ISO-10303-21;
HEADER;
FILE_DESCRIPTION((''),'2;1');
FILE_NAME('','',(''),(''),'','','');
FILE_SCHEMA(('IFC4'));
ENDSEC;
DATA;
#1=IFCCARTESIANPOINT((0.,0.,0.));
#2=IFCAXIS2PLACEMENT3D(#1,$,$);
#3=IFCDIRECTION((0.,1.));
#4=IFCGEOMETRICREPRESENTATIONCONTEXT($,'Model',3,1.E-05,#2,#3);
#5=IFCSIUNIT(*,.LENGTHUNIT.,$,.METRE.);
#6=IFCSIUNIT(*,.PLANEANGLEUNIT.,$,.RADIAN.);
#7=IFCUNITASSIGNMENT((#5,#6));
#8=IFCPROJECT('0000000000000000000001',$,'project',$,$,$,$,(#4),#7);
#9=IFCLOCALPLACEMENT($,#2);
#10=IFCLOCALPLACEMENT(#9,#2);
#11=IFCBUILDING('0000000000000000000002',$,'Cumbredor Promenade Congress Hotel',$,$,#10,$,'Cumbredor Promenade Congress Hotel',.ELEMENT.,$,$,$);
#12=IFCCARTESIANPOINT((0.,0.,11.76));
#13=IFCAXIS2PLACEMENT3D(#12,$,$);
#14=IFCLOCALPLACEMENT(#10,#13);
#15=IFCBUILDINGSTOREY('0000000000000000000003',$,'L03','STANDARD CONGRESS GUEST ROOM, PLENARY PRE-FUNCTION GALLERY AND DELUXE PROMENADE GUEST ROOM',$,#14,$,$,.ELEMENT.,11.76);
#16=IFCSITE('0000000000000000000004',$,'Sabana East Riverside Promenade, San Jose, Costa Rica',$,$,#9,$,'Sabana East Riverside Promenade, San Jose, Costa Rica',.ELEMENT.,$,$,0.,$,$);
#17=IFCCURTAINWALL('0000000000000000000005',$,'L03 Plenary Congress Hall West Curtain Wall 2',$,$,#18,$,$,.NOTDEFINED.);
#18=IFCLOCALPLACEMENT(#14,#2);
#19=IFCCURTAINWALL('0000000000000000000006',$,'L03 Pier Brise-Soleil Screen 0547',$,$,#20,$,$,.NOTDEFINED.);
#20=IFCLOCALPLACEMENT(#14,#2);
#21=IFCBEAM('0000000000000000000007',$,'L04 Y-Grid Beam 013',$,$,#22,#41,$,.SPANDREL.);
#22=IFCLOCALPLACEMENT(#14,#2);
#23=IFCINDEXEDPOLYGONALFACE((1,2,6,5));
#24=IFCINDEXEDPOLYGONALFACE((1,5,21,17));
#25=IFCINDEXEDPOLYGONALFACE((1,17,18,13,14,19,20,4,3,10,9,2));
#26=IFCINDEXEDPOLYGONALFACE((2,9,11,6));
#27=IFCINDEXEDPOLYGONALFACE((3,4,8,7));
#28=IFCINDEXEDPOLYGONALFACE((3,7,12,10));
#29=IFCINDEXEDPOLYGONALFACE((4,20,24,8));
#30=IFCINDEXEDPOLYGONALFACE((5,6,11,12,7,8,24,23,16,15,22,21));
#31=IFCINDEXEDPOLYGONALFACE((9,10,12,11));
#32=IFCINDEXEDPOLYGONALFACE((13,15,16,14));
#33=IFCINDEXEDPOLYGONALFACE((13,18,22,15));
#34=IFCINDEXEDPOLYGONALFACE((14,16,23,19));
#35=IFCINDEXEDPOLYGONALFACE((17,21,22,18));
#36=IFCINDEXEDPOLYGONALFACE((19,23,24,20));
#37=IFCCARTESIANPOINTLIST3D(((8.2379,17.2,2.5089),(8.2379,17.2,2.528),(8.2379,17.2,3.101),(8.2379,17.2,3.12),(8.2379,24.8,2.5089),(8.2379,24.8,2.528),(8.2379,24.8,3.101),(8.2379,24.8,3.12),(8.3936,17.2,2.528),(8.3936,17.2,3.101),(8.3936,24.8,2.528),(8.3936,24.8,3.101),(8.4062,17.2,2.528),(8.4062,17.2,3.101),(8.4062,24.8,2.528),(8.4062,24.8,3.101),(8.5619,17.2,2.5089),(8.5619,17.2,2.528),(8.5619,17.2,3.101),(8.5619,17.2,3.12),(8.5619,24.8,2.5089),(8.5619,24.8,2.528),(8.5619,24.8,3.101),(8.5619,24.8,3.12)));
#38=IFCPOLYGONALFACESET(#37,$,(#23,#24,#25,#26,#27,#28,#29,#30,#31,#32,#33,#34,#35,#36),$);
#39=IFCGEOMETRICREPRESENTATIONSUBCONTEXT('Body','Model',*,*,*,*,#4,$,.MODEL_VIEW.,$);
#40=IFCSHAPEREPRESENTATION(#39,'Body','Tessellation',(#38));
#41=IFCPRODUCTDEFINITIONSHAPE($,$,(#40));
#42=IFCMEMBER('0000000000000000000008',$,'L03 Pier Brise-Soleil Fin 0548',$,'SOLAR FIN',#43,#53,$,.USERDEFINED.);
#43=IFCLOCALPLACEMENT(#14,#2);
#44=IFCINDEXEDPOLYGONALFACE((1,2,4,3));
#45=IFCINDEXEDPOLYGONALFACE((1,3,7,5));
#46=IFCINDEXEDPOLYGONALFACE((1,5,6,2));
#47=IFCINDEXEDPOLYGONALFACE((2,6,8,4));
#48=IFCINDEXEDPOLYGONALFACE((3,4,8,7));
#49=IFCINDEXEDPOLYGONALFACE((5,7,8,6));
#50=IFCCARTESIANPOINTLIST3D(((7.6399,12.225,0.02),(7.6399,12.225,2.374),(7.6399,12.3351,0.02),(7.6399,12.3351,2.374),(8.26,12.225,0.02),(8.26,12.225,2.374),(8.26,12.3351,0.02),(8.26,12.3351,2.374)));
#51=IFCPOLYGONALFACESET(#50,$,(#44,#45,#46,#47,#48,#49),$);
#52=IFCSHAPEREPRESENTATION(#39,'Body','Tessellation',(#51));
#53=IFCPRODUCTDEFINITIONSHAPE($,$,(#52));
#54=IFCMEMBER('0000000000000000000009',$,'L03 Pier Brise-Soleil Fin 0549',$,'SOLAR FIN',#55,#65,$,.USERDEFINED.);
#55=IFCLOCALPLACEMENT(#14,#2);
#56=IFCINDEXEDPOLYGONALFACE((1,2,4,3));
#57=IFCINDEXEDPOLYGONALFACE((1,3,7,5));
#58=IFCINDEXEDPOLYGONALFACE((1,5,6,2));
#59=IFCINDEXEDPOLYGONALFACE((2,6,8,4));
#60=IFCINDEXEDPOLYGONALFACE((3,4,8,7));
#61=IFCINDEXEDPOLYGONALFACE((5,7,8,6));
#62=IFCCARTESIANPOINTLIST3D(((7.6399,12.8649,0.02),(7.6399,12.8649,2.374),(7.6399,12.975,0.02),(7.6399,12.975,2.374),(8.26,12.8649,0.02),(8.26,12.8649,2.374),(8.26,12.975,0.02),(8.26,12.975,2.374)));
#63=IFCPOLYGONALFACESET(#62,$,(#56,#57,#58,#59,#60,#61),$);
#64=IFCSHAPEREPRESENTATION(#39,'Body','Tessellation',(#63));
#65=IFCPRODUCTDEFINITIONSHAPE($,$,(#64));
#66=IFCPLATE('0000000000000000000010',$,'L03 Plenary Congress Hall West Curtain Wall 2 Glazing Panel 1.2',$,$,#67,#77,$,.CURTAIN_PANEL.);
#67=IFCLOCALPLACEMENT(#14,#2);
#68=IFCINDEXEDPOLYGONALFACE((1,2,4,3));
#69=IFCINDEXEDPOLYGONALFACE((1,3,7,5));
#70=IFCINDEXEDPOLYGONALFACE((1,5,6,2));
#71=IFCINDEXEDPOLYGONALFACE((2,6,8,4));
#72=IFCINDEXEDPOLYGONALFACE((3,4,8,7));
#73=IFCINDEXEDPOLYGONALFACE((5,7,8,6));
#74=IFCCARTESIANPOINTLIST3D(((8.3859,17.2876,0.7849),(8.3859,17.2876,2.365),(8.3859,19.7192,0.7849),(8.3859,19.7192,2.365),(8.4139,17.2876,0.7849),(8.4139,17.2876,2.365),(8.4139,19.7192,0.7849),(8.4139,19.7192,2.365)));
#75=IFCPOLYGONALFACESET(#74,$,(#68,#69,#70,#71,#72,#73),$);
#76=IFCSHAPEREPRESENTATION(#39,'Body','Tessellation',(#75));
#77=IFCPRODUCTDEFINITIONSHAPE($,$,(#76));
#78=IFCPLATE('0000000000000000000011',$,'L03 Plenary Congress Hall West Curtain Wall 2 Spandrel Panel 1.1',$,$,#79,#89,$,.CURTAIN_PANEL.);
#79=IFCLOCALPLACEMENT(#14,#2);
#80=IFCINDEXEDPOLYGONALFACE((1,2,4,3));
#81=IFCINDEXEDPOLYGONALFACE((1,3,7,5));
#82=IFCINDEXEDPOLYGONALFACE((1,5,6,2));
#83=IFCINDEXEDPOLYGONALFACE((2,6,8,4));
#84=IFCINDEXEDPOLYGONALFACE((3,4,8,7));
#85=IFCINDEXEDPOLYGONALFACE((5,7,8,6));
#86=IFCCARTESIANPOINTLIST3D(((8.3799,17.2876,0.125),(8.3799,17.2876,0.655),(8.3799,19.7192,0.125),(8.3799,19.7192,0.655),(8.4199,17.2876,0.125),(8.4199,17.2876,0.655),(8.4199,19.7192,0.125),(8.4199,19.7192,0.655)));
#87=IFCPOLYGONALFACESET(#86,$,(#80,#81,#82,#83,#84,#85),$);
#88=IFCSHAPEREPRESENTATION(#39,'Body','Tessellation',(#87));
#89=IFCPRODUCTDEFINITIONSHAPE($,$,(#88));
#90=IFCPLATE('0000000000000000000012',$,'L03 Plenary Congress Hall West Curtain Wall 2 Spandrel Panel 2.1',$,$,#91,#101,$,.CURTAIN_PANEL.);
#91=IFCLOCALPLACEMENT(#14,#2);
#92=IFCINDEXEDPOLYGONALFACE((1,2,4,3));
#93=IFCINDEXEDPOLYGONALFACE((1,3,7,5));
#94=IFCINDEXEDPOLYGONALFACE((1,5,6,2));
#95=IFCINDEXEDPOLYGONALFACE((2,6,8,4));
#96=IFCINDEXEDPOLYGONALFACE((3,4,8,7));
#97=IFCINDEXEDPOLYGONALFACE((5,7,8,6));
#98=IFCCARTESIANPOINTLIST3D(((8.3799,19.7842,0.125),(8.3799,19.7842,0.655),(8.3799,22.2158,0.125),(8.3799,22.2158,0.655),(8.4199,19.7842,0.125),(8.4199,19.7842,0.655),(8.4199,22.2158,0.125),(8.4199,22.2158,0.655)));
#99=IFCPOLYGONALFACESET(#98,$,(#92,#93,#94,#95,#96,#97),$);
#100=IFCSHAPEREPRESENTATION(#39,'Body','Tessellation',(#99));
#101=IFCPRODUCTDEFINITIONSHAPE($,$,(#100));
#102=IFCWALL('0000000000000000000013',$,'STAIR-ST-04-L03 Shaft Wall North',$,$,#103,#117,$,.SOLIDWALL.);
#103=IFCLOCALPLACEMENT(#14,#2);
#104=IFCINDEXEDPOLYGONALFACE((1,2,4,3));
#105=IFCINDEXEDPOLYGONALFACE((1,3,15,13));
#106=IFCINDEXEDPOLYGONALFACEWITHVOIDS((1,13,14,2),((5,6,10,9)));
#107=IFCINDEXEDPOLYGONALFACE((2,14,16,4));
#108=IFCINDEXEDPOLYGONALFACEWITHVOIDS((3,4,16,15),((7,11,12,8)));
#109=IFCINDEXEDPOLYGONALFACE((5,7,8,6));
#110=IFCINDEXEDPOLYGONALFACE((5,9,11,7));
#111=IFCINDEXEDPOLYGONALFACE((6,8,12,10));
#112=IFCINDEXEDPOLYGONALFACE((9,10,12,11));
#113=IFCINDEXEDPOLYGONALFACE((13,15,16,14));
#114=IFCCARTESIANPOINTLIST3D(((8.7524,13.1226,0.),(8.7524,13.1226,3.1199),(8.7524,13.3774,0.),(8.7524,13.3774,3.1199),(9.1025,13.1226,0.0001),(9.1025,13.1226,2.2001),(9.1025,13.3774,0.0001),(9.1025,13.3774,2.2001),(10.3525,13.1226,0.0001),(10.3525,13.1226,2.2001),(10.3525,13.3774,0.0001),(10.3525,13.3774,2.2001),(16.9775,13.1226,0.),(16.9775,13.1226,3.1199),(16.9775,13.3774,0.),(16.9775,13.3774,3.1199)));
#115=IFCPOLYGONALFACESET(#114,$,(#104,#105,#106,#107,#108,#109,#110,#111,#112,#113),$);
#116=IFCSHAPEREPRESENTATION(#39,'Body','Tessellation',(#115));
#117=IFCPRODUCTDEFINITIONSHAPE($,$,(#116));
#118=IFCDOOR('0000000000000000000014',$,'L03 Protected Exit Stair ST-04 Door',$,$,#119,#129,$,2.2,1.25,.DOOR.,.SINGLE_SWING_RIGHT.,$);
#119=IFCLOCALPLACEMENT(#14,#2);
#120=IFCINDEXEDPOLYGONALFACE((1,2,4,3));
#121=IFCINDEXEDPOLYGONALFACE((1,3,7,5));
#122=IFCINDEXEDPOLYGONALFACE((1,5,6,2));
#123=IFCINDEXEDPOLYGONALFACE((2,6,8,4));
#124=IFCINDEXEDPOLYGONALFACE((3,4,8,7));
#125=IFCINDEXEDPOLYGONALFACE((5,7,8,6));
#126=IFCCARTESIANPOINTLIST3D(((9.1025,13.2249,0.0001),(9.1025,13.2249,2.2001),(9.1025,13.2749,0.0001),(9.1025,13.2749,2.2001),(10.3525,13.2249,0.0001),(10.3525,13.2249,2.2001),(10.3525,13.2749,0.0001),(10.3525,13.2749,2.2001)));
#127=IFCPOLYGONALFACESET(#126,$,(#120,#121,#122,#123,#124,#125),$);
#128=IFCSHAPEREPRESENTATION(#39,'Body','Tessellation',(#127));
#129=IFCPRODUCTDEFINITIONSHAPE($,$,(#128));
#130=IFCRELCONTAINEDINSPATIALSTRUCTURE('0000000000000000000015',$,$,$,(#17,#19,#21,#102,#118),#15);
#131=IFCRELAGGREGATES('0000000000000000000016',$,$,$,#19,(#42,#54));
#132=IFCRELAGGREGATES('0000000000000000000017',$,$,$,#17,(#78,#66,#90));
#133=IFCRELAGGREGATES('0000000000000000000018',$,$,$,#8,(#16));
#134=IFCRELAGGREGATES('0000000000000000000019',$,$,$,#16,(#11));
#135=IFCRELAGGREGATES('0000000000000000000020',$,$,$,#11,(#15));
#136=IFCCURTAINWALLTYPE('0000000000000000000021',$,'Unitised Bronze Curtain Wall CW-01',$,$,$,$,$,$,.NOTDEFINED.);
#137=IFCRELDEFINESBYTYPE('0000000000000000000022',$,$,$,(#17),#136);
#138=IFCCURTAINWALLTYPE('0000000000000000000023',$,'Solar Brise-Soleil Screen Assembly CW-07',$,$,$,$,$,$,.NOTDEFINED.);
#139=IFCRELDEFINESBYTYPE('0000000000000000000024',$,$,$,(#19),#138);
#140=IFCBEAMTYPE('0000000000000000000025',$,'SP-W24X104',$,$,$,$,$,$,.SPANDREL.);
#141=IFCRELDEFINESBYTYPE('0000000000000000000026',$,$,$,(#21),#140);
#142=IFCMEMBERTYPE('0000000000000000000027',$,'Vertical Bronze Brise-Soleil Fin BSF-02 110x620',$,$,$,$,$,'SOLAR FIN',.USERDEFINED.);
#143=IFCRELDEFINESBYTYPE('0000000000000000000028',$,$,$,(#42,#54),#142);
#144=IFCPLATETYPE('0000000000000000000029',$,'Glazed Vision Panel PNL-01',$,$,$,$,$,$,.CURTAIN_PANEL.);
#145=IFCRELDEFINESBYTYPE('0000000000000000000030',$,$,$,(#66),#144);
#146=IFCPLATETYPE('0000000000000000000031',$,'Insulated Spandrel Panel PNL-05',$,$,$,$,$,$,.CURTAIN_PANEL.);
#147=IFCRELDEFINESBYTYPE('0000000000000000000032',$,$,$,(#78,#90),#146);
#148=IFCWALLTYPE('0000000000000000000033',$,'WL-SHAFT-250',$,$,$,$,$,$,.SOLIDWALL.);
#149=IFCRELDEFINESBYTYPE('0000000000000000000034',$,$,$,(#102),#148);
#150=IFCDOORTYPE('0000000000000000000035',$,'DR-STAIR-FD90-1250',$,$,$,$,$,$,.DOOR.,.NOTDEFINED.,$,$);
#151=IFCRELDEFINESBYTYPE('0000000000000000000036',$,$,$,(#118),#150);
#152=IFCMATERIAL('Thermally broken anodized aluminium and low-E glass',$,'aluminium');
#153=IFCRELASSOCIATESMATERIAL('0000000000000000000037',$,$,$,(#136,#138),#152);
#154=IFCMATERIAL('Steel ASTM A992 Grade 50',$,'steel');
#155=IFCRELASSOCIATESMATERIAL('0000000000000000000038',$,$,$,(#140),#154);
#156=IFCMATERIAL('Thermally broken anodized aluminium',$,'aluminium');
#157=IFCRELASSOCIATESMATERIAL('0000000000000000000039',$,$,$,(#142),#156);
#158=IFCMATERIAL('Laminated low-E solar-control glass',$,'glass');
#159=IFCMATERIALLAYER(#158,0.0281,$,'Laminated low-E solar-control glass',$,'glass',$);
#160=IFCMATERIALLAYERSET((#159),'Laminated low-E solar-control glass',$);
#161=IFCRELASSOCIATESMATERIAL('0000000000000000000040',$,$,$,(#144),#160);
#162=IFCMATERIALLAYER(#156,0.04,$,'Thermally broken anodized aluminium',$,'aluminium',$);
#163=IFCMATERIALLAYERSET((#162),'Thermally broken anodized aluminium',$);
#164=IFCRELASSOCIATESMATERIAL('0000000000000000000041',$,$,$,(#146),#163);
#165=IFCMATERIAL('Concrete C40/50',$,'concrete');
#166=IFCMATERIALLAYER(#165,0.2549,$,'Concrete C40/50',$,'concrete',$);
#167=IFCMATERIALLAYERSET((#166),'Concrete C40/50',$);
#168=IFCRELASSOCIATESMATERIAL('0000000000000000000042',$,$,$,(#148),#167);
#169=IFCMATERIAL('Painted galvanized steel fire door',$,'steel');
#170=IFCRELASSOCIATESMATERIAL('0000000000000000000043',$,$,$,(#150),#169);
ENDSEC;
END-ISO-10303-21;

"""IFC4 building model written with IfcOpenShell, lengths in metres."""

from ifc_helpers import new_model, si_unit, direction, frame, frame_2d, origin, origin_2d, place, context, subcontext, project, spatial, rectangle, i_section, extrude, material, layer, layer_set, material_profile, profile_set, type_object, element, fill, aggregate, save


model = new_model("IFC4")

# Units and contexts
model_context = context("Model", 3, precision=1e-05, world=origin(), true_north=direction((0.0, 1.0)))
body_context = subcontext(model_context, "Body", "Model", "MODEL_VIEW")
ifc_project = project(units=[si_unit("LENGTHUNIT", "METRE"), si_unit("PLANEANGLEUNIT", "RADIAN")], contexts=[model_context])

# Site, building, storey
site_placement = place(None, origin())
site = spatial("IfcSite", under=ifc_project, at=site_placement, Name="Sabana East Riverside Promenade, San Jose, Costa Rica", LongName="Sabana East Riverside Promenade, San Jose, Costa Rica", CompositionType="ELEMENT", RefElevation=0.0)
building_placement = place(site_placement, origin())
building = spatial("IfcBuilding", under=site, at=building_placement, Name="Cumbredor Promenade Congress Hotel", LongName="Cumbredor Promenade Congress Hotel", CompositionType="ELEMENT")
storey_placement = place(building_placement, frame((0.0, 0.0, 11.76)))
storey = spatial("IfcBuildingStorey", under=building, at=storey_placement, Name="L03", Description="STANDARD CONGRESS GUEST ROOM, PLENARY PRE-FUNCTION GALLERY AND DELUXE PROMENADE GUEST ROOM", CompositionType="ELEMENT", Elevation=11.76)

# Shared definitions
ifc_material_1 = material(Name="Concrete C40/50", Category="concrete")

# Curtain wall
ifc_material_2 = material(Name="Thermally broken anodized aluminium and low-E glass", Category="aluminium")
curtain_wall_type_1 = type_object("IfcCurtainWallType", Name="Unitised Bronze Curtain Wall CW-01", PredefinedType="NOTDEFINED", material=ifc_material_2)
curtain_wall_1_placement = place(storey_placement, origin())
curtain_wall_1 = element("IfcCurtainWall", 1, at=curtain_wall_1_placement, inside=storey, type_object=curtain_wall_type_1, Name="L03 Plenary Congress Hall West Curtain Wall 2", PredefinedType="NOTDEFINED")
ifc_material_3 = material(Name="Thermally broken anodized aluminium", Category="aluminium")

# Curtain wall
curtain_wall_type_2 = type_object("IfcCurtainWallType", Name="Solar Brise-Soleil Screen Assembly CW-07", PredefinedType="NOTDEFINED", material=ifc_material_2)
curtain_wall_2_placement = place(storey_placement, origin())
curtain_wall_2 = element("IfcCurtainWall", 2, at=curtain_wall_2_placement, inside=storey, type_object=curtain_wall_type_2, Name="L03 Pier Brise-Soleil Screen 0547", PredefinedType="NOTDEFINED")

# Beam
ifc_material_4 = material(Name="Steel ASTM A992 Grade 50", Category="steel")
ifc_material_profile_1 = material_profile(ifc_material_4, i_section(OverallWidth=0.324, OverallDepth=0.6111, WebThickness=0.0127, FlangeThickness=0.019, at=origin_2d()), Name="W24X104")
ifc_profile_set_1 = profile_set([ifc_material_profile_1], Name="Steel ASTM A992 Grade 50")
beam_type_1 = type_object("IfcBeamType", Name="SP-W24X104", PredefinedType="SPANDREL", material=ifc_profile_set_1)
beam_1_placement = place(storey_placement, frame((8.3999, 17.2, 2.8145), z_axis=(0.0, 1.0, 0.0), x_axis=(-1.0, 0.0, 0.0)))
element("IfcBeam", 3, at=beam_1_placement, inside=storey, type_object=beam_type_1, Name="L04 Y-Grid Beam 013", PredefinedType="SPANDREL", context=body_context, shape_type="SweptSolid", body=[
    extrude(i_section(OverallWidth=0.324, OverallDepth=0.6111, WebThickness=0.0127, FlangeThickness=0.019, at=origin_2d()), origin(), (0.0, 0.0, 1.0), 7.6001),
])

# Members
ifc_material_profile_2 = material_profile(ifc_material_3, rectangle(XDim=0.1101, YDim=0.6201, at=origin_2d()), Name="ARCH FIN 110x620")
ifc_profile_set_2 = profile_set([ifc_material_profile_2], Name="Thermally broken anodized aluminium")
member_type_1 = type_object("IfcMemberType", Name="Vertical Bronze Brise-Soleil Fin BSF-02 110x620", ElementType="SOLAR FIN", PredefinedType="USERDEFINED", material=ifc_profile_set_2)
member_1_placement = place(storey_placement, frame((7.95, 12.28, 0.02), z_axis=(0.0, 0.0, 1.0), x_axis=(0.0, 1.0, 0.0)))
member_1 = element("IfcMember", 4, at=member_1_placement, type_object=member_type_1, Name="L03 Pier Brise-Soleil Fin 0548", ObjectType="SOLAR FIN", PredefinedType="USERDEFINED", context=body_context, shape_type="SweptSolid", body=[
    extrude(rectangle(XDim=0.1101, YDim=0.6201, at=origin_2d()), origin(), (0.0, 0.0, 1.0), 2.354),
])
member_2_placement = place(storey_placement, frame((7.95, 12.9199, 0.02), z_axis=(0.0, 0.0, 1.0), x_axis=(0.0, 1.0, 0.0)))
member_2 = element("IfcMember", 5, at=member_2_placement, type_object=member_type_1, Name="L03 Pier Brise-Soleil Fin 0549", ObjectType="SOLAR FIN", PredefinedType="USERDEFINED", context=body_context, shape_type="SweptSolid", body=[
    extrude(rectangle(XDim=0.1101, YDim=0.6201, at=origin_2d()), origin(), (0.0, 0.0, 1.0), 2.354),
])
aggregate(curtain_wall_2, [member_1, member_2])

# Plates
ifc_material_5 = material(Name="Laminated low-E solar-control glass", Category="glass")
ifc_layer_1 = layer(ifc_material_5, 0.0281, Name="Laminated low-E solar-control glass", Category="glass")
ifc_layer_set_1 = layer_set([ifc_layer_1], Name="Laminated low-E solar-control glass")
plate_type_1 = type_object("IfcPlateType", Name="Glazed Vision Panel PNL-01", PredefinedType="CURTAIN_PANEL", material=ifc_layer_set_1)
plate_1_placement = place(storey_placement, frame((8.3999, 18.5034, 0.7849), z_axis=(0.0, 0.0, 1.0), x_axis=(0.0, 1.0, 0.0)))
plate_1 = element("IfcPlate", 6, at=plate_1_placement, type_object=plate_type_1, Name="L03 Plenary Congress Hall West Curtain Wall 2 Glazing Panel 1.2", PredefinedType="CURTAIN_PANEL", context=body_context, shape_type="SweptSolid", body=[
    extrude(rectangle(XDim=2.4316, YDim=0.0281, at=origin_2d()), origin(), (0.0, 0.0, 1.0), 1.5801),
])
ifc_layer_2 = layer(ifc_material_3, 0.04, Name="Thermally broken anodized aluminium", Category="aluminium")
ifc_layer_set_2 = layer_set([ifc_layer_2], Name="Thermally broken anodized aluminium")
plate_type_2 = type_object("IfcPlateType", Name="Insulated Spandrel Panel PNL-05", PredefinedType="CURTAIN_PANEL", material=ifc_layer_set_2)
plate_2_placement = place(storey_placement, frame((8.3999, 18.5034, 0.125), z_axis=(0.0, 0.0, 1.0), x_axis=(0.0, 1.0, 0.0)))
plate_2 = element("IfcPlate", 7, at=plate_2_placement, type_object=plate_type_2, Name="L03 Plenary Congress Hall West Curtain Wall 2 Spandrel Panel 1.1", PredefinedType="CURTAIN_PANEL", context=body_context, shape_type="SweptSolid", body=[
    extrude(rectangle(XDim=2.4316, YDim=0.04, at=origin_2d()), origin(), (0.0, 0.0, 1.0), 0.53),
])
plate_3_placement = place(storey_placement, frame((8.3999, 21.0, 0.125), z_axis=(0.0, 0.0, 1.0), x_axis=(0.0, 1.0, 0.0)))
plate_3 = element("IfcPlate", 8, at=plate_3_placement, type_object=plate_type_2, Name="L03 Plenary Congress Hall West Curtain Wall 2 Spandrel Panel 2.1", PredefinedType="CURTAIN_PANEL", context=body_context, shape_type="SweptSolid", body=[
    extrude(rectangle(XDim=2.4316, YDim=0.04, at=origin_2d()), origin(), (0.0, 0.0, 1.0), 0.53),
])
aggregate(curtain_wall_1, [plate_2, plate_1, plate_3])

# Wall, opening, door
ifc_layer_3 = layer(ifc_material_1, 0.2549, Name="Concrete C40/50", Category="concrete")
ifc_layer_set_3 = layer_set([ifc_layer_3], Name="Concrete C40/50")
wall_type = type_object("IfcWallType", Name="WL-SHAFT-250", PredefinedType="SOLIDWALL", material=ifc_layer_set_3)
wall_placement = place(storey_placement, frame((8.7524, 13.25, 0.0), z_axis=(0.0, 0.0, 1.0), x_axis=(1.0, 0.0, 0.0)))
wall = element("IfcWall", 9, at=wall_placement, inside=storey, type_object=wall_type, Name="STAIR-ST-04-L03 Shaft Wall North", PredefinedType="SOLIDWALL", context=body_context, shape_type="SweptSolid", body=[
    extrude(rectangle(XDim=8.2251, YDim=0.2549, at=frame_2d((4.1125, 0.0))), origin(), (0.0, 0.0, 1.0), 3.1199),
])
opening_placement = place(wall_placement, frame((0.3501, 0.0, 0.0)))
opening = element("IfcOpeningElement", 10, at=opening_placement, cuts=wall, PredefinedType="OPENING", context=body_context, shape_type="SweptSolid", body=[
    extrude(rectangle(XDim=1.25, YDim=2.2, at=frame_2d((0.625, 1.1001))), frame((0.0, 0.1375, 0.0), z_axis=(0.0, -1.0, 0.0), x_axis=(1.0, 0.0, 0.0)), (0.0, 0.0, 1.0), 0.2749),
])
ifc_material_6 = material(Name="Painted galvanized steel fire door", Category="steel")
door_type = type_object("IfcDoorType", Name="DR-STAIR-FD90-1250", OperationType="NOTDEFINED", PredefinedType="DOOR", material=ifc_material_6)
door_placement = place(opening_placement, origin())
door = element("IfcDoor", 11, at=door_placement, inside=storey, type_object=door_type, Name="L03 Protected Exit Stair ST-04 Door", OperationType="SINGLE_SWING_RIGHT", OverallHeight=2.2, OverallWidth=1.25, PredefinedType="DOOR", context=body_context, shape_type="SweptSolid", body=[
    extrude(rectangle(XDim=1.25, YDim=2.2, at=frame_2d((0.625, 1.1001))), frame((0.0, 0.0249, 0.0), z_axis=(0.0, -1.0, 0.0), x_axis=(1.0, 0.0, 0.0)), (0.0, 0.0, 1.0), 0.05),
])
fill(opening, door)

save(model, "model.ifc")
